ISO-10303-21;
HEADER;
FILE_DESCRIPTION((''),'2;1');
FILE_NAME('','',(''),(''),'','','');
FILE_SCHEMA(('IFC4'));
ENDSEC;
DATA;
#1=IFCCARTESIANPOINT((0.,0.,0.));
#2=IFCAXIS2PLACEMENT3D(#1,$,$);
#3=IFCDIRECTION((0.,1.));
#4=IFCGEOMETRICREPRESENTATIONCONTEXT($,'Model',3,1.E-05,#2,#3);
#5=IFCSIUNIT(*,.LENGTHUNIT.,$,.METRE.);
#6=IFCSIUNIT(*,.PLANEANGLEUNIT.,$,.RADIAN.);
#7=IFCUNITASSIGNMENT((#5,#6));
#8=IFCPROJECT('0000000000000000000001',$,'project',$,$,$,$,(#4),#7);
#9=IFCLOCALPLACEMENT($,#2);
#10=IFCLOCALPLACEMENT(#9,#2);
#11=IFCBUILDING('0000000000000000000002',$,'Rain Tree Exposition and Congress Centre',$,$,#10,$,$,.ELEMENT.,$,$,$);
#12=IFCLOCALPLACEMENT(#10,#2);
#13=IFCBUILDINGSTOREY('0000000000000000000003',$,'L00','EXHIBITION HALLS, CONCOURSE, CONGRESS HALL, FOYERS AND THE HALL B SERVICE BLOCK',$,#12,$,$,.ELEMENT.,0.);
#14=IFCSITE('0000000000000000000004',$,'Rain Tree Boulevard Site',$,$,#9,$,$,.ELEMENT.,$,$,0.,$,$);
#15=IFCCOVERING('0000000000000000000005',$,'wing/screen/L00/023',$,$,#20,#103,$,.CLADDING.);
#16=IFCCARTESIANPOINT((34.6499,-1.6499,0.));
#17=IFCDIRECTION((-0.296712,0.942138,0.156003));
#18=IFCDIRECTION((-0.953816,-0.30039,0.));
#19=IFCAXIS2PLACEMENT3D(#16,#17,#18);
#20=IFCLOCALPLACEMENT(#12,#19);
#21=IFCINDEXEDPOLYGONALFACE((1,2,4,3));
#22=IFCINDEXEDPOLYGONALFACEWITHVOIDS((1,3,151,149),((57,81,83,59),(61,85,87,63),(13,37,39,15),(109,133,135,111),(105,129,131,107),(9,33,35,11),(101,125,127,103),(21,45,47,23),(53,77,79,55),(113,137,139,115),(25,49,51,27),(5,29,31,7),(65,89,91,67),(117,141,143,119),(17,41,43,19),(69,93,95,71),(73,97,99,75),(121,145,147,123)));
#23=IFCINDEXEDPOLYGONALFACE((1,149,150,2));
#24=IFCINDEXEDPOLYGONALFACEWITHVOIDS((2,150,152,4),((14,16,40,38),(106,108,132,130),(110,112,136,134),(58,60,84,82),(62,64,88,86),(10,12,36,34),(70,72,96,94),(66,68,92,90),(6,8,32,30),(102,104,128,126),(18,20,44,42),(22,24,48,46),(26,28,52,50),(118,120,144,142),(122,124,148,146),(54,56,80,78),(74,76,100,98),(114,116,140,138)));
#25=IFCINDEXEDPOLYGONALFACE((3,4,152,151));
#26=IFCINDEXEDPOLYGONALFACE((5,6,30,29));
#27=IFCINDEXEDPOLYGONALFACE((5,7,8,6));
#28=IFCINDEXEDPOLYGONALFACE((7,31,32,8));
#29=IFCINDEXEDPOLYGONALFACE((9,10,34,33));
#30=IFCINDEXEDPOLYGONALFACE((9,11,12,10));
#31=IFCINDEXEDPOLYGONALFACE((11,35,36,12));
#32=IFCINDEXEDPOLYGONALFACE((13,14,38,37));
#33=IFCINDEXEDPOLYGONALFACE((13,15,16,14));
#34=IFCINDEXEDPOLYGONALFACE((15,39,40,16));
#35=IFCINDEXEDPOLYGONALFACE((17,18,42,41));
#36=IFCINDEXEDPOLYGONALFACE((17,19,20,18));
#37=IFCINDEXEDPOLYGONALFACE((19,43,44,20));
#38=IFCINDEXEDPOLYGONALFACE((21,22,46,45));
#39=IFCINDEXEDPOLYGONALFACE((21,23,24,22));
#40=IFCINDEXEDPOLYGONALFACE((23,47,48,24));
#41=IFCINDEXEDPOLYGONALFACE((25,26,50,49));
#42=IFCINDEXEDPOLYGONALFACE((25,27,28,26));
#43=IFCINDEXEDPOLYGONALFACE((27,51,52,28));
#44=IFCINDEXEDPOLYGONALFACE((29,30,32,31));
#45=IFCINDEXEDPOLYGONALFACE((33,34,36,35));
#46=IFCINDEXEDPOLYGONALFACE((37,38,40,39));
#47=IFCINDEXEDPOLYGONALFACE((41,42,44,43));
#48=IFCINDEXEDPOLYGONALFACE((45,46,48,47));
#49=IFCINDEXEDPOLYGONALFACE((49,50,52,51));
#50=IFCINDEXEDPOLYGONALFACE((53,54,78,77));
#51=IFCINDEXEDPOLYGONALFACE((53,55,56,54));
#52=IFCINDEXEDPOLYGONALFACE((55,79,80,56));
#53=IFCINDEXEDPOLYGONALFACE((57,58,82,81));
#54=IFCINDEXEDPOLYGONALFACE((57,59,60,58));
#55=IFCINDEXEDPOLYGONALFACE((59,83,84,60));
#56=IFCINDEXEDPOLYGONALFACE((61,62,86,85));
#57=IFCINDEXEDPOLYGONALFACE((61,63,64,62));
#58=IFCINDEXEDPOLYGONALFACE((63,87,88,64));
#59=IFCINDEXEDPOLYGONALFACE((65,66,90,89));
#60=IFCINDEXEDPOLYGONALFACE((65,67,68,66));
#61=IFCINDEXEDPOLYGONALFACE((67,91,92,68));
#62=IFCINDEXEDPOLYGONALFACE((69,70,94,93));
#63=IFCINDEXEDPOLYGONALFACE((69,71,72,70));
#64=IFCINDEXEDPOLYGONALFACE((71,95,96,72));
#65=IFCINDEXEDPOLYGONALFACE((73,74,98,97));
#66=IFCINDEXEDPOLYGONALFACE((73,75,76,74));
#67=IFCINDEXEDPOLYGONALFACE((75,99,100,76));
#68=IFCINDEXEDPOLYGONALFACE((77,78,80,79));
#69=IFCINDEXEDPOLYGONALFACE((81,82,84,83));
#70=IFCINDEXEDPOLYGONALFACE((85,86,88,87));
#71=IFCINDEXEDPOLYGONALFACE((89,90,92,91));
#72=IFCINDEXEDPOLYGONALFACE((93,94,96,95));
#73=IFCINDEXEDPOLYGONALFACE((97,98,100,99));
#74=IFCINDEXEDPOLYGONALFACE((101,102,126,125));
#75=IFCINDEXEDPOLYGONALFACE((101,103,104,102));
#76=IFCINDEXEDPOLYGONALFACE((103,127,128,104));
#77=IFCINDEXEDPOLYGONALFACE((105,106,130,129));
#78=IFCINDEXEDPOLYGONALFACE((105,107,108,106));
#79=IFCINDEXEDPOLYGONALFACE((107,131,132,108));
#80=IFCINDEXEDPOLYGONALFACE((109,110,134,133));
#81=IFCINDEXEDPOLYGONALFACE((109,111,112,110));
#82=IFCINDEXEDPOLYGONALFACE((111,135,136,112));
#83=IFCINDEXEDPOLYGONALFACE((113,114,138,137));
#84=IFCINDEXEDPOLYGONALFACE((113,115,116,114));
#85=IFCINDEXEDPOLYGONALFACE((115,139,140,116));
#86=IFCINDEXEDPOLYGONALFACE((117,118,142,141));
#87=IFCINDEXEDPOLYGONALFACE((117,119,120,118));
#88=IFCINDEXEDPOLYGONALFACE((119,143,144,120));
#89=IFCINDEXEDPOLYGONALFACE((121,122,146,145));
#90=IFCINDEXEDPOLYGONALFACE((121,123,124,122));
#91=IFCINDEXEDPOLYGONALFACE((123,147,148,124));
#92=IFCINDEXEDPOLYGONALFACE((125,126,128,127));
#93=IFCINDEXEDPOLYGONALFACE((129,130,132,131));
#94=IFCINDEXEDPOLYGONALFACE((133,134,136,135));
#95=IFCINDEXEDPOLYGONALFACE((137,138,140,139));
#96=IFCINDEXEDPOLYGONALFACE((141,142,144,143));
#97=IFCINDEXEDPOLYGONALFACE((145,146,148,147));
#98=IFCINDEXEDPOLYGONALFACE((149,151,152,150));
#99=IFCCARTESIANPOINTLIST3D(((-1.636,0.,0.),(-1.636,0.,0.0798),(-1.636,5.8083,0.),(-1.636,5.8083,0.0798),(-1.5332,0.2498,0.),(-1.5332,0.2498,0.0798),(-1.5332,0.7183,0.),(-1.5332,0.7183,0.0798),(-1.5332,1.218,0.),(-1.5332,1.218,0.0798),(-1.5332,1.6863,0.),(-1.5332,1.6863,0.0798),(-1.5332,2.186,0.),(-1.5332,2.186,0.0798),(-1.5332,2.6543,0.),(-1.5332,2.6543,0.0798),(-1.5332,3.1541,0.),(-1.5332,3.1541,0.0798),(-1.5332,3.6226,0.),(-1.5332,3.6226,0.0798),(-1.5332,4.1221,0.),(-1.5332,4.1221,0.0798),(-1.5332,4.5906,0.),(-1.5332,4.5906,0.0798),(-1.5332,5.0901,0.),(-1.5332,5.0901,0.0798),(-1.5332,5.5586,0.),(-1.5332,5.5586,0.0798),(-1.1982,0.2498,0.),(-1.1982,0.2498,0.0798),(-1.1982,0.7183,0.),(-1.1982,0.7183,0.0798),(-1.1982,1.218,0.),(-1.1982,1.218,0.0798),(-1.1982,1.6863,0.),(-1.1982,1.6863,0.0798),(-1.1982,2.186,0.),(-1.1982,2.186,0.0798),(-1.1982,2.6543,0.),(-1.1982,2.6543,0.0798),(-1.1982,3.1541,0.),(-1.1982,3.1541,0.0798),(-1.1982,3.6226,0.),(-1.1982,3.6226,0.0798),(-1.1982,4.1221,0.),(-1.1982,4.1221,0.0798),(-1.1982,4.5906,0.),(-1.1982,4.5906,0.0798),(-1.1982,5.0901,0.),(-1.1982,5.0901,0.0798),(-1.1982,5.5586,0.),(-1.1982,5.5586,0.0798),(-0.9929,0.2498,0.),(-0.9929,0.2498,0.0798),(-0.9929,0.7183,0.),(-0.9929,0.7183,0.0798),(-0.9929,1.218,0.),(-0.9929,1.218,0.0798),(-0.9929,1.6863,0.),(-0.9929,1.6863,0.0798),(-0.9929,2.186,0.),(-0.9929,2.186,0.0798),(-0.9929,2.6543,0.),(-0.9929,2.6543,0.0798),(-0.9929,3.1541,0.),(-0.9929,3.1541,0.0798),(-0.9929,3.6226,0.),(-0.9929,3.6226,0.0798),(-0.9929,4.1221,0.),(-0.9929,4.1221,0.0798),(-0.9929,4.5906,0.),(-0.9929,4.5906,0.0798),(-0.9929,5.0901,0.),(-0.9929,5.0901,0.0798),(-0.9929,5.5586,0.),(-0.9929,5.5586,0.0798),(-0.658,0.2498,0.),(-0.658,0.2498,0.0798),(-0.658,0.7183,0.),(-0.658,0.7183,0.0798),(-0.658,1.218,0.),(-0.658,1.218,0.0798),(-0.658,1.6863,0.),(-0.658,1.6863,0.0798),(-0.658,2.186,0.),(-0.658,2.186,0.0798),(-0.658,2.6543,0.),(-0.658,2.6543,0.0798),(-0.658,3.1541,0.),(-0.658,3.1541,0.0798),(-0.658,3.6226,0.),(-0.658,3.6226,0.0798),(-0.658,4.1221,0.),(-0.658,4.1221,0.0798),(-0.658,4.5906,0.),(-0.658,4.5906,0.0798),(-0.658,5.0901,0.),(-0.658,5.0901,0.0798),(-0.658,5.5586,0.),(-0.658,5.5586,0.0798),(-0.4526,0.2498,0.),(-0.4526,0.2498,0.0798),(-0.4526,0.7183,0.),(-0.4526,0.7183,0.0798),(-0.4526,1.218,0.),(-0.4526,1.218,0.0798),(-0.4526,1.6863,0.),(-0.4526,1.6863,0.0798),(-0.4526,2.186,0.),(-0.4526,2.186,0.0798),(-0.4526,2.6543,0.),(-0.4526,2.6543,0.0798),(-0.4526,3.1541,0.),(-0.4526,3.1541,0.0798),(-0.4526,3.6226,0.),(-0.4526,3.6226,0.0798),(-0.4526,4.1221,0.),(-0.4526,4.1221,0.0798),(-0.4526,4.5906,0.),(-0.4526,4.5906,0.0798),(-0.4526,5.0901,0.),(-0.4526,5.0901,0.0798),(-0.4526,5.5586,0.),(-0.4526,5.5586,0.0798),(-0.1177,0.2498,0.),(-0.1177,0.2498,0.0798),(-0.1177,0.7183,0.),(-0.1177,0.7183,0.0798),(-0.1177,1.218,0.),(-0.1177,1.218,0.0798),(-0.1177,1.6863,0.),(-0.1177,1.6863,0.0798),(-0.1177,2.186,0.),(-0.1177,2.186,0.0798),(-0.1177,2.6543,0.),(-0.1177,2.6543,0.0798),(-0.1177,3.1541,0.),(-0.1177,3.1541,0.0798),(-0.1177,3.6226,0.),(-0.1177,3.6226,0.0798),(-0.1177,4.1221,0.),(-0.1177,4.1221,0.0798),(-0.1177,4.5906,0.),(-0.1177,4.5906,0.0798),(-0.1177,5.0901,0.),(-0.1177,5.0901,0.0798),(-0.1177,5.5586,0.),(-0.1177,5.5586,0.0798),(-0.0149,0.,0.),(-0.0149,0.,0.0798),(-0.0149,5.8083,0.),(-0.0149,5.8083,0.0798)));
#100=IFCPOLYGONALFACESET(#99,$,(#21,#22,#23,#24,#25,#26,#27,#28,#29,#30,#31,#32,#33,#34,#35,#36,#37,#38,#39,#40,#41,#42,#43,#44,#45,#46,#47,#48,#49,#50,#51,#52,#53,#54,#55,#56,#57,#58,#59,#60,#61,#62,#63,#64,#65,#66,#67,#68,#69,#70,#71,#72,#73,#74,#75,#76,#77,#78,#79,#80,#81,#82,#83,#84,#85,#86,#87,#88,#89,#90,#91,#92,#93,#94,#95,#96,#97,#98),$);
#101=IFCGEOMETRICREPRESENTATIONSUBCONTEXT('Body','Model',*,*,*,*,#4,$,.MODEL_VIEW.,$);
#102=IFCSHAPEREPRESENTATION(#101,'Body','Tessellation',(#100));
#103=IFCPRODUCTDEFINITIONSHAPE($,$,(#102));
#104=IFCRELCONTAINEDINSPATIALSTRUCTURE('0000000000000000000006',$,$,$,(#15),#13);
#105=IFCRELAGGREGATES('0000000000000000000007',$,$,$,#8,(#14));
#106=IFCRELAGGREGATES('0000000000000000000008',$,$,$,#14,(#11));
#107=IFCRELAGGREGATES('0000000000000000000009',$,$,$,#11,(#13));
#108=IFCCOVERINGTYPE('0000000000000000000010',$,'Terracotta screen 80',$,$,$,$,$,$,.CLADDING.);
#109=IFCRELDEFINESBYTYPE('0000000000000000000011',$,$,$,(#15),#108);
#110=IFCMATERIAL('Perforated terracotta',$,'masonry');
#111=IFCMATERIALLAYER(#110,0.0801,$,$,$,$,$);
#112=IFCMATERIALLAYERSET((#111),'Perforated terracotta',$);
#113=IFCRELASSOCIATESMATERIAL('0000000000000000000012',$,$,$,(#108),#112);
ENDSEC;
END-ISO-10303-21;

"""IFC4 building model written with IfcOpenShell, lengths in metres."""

from ifc_helpers import new_model, si_unit, direction, frame, origin, place, context, subcontext, project, spatial, polyline, outline, extrude, material, layer, layer_set, type_object, element, save


model = new_model("IFC4")

# Units and contexts
model_context = context("Model", 3, precision=1e-05, world=origin(), true_north=direction((0.0, 1.0)))
body_context = subcontext(model_context, "Body", "Model", "MODEL_VIEW")
ifc_project = project(units=[si_unit("LENGTHUNIT", "METRE"), si_unit("PLANEANGLEUNIT", "RADIAN")], contexts=[model_context])

# Site, building, storey
site_placement = place(None, origin())
site = spatial("IfcSite", under=ifc_project, at=site_placement, Name="Rain Tree Boulevard Site", CompositionType="ELEMENT", RefElevation=0.0)
building_placement = place(site_placement, origin())
building = spatial("IfcBuilding", under=site, at=building_placement, Name="Rain Tree Exposition and Congress Centre", CompositionType="ELEMENT")
storey_placement = place(building_placement, origin())
storey = spatial("IfcBuildingStorey", under=building, at=storey_placement, Name="L00", Description="EXHIBITION HALLS, CONCOURSE, CONGRESS HALL, FOYERS AND THE HALL B SERVICE BLOCK", CompositionType="ELEMENT", Elevation=0.0)

# Covering
ifc_material_1 = material(Name="Perforated terracotta", Category="masonry")
ifc_layer_1 = layer(ifc_material_1, 0.0801)
ifc_layer_set_1 = layer_set([ifc_layer_1], Name="Perforated terracotta")
covering_type = type_object("IfcCoveringType", Name="Terracotta screen 80", PredefinedType="CLADDING", material=ifc_layer_set_1)
covering_1_placement = place(storey_placement, frame((34.6499, -1.6499, 0.0), z_axis=(-0.296712, 0.942138, 0.156003), x_axis=(-0.953816, -0.30039, 0.0)))
element("IfcCovering", 1, at=covering_1_placement, inside=storey, type_object=covering_type, Name="wing/screen/L00/023", PredefinedType="CLADDING", context=body_context, shape_type="SweptSolid", body=[
    extrude(outline(polyline([(-1.636, 0.0), (-1.636, 5.8083), (-0.0149, 5.8083), (-0.0149, 0.0), (-1.636, 0.0)]), holes=[polyline([(-0.1177, 0.2498), (-0.1177, 0.7183), (-0.4526, 0.7183), (-0.4526, 0.2498), (-0.1177, 0.2498)]), polyline([(-0.1177, 1.218), (-0.1177, 1.6863), (-0.4526, 1.6863), (-0.4526, 1.218), (-0.1177, 1.218)]), polyline([(-0.1177, 2.186), (-0.1177, 2.6543), (-0.4526, 2.6543), (-0.4526, 2.186), (-0.1177, 2.186)]), polyline([(-0.1177, 3.1541), (-0.1177, 3.6226), (-0.4526, 3.6226), (-0.4526, 3.1541), (-0.1177, 3.1541)]), polyline([(-0.1177, 4.1221), (-0.1177, 4.5906), (-0.4526, 4.5906), (-0.4526, 4.1221), (-0.1177, 4.1221)]), polyline([(-0.1177, 5.0901), (-0.1177, 5.5586), (-0.4526, 5.5586), (-0.4526, 5.0901), (-0.1177, 5.0901)]), polyline([(-0.658, 0.2498), (-0.658, 0.7183), (-0.9929, 0.7183), (-0.9929, 0.2498), (-0.658, 0.2498)]), polyline([(-0.658, 1.218), (-0.658, 1.6863), (-0.9929, 1.6863), (-0.9929, 1.218), (-0.658, 1.218)]), polyline([(-0.658, 2.186), (-0.658, 2.6543), (-0.9929, 2.6543), (-0.9929, 2.186), (-0.658, 2.186)]), polyline([(-0.658, 3.1541), (-0.658, 3.6226), (-0.9929, 3.6226), (-0.9929, 3.1541), (-0.658, 3.1541)]), polyline([(-0.658, 4.1221), (-0.658, 4.5906), (-0.9929, 4.5906), (-0.9929, 4.1221), (-0.658, 4.1221)]), polyline([(-0.658, 5.0901), (-0.658, 5.5586), (-0.9929, 5.5586), (-0.9929, 5.0901), (-0.658, 5.0901)]), polyline([(-1.1982, 0.2498), (-1.1982, 0.7183), (-1.5332, 0.7183), (-1.5332, 0.2498), (-1.1982, 0.2498)]), polyline([(-1.1982, 1.218), (-1.1982, 1.6863), (-1.5332, 1.6863), (-1.5332, 1.218), (-1.1982, 1.218)]), polyline([(-1.1982, 2.186), (-1.1982, 2.6543), (-1.5332, 2.6543), (-1.5332, 2.186), (-1.1982, 2.186)]), polyline([(-1.1982, 3.1541), (-1.1982, 3.6226), (-1.5332, 3.6226), (-1.5332, 3.1541), (-1.1982, 3.1541)]), polyline([(-1.1982, 4.1221), (-1.1982, 4.5906), (-1.5332, 4.5906), (-1.5332, 4.1221), (-1.1982, 4.1221)]), polyline([(-1.1982, 5.0901), (-1.1982, 5.5586), (-1.5332, 5.5586), (-1.5332, 5.0901), (-1.1982, 5.0901)])]), origin(), (0.0, 0.0, 1.0), 0.0798),
])

save(model, "model.ifc")
